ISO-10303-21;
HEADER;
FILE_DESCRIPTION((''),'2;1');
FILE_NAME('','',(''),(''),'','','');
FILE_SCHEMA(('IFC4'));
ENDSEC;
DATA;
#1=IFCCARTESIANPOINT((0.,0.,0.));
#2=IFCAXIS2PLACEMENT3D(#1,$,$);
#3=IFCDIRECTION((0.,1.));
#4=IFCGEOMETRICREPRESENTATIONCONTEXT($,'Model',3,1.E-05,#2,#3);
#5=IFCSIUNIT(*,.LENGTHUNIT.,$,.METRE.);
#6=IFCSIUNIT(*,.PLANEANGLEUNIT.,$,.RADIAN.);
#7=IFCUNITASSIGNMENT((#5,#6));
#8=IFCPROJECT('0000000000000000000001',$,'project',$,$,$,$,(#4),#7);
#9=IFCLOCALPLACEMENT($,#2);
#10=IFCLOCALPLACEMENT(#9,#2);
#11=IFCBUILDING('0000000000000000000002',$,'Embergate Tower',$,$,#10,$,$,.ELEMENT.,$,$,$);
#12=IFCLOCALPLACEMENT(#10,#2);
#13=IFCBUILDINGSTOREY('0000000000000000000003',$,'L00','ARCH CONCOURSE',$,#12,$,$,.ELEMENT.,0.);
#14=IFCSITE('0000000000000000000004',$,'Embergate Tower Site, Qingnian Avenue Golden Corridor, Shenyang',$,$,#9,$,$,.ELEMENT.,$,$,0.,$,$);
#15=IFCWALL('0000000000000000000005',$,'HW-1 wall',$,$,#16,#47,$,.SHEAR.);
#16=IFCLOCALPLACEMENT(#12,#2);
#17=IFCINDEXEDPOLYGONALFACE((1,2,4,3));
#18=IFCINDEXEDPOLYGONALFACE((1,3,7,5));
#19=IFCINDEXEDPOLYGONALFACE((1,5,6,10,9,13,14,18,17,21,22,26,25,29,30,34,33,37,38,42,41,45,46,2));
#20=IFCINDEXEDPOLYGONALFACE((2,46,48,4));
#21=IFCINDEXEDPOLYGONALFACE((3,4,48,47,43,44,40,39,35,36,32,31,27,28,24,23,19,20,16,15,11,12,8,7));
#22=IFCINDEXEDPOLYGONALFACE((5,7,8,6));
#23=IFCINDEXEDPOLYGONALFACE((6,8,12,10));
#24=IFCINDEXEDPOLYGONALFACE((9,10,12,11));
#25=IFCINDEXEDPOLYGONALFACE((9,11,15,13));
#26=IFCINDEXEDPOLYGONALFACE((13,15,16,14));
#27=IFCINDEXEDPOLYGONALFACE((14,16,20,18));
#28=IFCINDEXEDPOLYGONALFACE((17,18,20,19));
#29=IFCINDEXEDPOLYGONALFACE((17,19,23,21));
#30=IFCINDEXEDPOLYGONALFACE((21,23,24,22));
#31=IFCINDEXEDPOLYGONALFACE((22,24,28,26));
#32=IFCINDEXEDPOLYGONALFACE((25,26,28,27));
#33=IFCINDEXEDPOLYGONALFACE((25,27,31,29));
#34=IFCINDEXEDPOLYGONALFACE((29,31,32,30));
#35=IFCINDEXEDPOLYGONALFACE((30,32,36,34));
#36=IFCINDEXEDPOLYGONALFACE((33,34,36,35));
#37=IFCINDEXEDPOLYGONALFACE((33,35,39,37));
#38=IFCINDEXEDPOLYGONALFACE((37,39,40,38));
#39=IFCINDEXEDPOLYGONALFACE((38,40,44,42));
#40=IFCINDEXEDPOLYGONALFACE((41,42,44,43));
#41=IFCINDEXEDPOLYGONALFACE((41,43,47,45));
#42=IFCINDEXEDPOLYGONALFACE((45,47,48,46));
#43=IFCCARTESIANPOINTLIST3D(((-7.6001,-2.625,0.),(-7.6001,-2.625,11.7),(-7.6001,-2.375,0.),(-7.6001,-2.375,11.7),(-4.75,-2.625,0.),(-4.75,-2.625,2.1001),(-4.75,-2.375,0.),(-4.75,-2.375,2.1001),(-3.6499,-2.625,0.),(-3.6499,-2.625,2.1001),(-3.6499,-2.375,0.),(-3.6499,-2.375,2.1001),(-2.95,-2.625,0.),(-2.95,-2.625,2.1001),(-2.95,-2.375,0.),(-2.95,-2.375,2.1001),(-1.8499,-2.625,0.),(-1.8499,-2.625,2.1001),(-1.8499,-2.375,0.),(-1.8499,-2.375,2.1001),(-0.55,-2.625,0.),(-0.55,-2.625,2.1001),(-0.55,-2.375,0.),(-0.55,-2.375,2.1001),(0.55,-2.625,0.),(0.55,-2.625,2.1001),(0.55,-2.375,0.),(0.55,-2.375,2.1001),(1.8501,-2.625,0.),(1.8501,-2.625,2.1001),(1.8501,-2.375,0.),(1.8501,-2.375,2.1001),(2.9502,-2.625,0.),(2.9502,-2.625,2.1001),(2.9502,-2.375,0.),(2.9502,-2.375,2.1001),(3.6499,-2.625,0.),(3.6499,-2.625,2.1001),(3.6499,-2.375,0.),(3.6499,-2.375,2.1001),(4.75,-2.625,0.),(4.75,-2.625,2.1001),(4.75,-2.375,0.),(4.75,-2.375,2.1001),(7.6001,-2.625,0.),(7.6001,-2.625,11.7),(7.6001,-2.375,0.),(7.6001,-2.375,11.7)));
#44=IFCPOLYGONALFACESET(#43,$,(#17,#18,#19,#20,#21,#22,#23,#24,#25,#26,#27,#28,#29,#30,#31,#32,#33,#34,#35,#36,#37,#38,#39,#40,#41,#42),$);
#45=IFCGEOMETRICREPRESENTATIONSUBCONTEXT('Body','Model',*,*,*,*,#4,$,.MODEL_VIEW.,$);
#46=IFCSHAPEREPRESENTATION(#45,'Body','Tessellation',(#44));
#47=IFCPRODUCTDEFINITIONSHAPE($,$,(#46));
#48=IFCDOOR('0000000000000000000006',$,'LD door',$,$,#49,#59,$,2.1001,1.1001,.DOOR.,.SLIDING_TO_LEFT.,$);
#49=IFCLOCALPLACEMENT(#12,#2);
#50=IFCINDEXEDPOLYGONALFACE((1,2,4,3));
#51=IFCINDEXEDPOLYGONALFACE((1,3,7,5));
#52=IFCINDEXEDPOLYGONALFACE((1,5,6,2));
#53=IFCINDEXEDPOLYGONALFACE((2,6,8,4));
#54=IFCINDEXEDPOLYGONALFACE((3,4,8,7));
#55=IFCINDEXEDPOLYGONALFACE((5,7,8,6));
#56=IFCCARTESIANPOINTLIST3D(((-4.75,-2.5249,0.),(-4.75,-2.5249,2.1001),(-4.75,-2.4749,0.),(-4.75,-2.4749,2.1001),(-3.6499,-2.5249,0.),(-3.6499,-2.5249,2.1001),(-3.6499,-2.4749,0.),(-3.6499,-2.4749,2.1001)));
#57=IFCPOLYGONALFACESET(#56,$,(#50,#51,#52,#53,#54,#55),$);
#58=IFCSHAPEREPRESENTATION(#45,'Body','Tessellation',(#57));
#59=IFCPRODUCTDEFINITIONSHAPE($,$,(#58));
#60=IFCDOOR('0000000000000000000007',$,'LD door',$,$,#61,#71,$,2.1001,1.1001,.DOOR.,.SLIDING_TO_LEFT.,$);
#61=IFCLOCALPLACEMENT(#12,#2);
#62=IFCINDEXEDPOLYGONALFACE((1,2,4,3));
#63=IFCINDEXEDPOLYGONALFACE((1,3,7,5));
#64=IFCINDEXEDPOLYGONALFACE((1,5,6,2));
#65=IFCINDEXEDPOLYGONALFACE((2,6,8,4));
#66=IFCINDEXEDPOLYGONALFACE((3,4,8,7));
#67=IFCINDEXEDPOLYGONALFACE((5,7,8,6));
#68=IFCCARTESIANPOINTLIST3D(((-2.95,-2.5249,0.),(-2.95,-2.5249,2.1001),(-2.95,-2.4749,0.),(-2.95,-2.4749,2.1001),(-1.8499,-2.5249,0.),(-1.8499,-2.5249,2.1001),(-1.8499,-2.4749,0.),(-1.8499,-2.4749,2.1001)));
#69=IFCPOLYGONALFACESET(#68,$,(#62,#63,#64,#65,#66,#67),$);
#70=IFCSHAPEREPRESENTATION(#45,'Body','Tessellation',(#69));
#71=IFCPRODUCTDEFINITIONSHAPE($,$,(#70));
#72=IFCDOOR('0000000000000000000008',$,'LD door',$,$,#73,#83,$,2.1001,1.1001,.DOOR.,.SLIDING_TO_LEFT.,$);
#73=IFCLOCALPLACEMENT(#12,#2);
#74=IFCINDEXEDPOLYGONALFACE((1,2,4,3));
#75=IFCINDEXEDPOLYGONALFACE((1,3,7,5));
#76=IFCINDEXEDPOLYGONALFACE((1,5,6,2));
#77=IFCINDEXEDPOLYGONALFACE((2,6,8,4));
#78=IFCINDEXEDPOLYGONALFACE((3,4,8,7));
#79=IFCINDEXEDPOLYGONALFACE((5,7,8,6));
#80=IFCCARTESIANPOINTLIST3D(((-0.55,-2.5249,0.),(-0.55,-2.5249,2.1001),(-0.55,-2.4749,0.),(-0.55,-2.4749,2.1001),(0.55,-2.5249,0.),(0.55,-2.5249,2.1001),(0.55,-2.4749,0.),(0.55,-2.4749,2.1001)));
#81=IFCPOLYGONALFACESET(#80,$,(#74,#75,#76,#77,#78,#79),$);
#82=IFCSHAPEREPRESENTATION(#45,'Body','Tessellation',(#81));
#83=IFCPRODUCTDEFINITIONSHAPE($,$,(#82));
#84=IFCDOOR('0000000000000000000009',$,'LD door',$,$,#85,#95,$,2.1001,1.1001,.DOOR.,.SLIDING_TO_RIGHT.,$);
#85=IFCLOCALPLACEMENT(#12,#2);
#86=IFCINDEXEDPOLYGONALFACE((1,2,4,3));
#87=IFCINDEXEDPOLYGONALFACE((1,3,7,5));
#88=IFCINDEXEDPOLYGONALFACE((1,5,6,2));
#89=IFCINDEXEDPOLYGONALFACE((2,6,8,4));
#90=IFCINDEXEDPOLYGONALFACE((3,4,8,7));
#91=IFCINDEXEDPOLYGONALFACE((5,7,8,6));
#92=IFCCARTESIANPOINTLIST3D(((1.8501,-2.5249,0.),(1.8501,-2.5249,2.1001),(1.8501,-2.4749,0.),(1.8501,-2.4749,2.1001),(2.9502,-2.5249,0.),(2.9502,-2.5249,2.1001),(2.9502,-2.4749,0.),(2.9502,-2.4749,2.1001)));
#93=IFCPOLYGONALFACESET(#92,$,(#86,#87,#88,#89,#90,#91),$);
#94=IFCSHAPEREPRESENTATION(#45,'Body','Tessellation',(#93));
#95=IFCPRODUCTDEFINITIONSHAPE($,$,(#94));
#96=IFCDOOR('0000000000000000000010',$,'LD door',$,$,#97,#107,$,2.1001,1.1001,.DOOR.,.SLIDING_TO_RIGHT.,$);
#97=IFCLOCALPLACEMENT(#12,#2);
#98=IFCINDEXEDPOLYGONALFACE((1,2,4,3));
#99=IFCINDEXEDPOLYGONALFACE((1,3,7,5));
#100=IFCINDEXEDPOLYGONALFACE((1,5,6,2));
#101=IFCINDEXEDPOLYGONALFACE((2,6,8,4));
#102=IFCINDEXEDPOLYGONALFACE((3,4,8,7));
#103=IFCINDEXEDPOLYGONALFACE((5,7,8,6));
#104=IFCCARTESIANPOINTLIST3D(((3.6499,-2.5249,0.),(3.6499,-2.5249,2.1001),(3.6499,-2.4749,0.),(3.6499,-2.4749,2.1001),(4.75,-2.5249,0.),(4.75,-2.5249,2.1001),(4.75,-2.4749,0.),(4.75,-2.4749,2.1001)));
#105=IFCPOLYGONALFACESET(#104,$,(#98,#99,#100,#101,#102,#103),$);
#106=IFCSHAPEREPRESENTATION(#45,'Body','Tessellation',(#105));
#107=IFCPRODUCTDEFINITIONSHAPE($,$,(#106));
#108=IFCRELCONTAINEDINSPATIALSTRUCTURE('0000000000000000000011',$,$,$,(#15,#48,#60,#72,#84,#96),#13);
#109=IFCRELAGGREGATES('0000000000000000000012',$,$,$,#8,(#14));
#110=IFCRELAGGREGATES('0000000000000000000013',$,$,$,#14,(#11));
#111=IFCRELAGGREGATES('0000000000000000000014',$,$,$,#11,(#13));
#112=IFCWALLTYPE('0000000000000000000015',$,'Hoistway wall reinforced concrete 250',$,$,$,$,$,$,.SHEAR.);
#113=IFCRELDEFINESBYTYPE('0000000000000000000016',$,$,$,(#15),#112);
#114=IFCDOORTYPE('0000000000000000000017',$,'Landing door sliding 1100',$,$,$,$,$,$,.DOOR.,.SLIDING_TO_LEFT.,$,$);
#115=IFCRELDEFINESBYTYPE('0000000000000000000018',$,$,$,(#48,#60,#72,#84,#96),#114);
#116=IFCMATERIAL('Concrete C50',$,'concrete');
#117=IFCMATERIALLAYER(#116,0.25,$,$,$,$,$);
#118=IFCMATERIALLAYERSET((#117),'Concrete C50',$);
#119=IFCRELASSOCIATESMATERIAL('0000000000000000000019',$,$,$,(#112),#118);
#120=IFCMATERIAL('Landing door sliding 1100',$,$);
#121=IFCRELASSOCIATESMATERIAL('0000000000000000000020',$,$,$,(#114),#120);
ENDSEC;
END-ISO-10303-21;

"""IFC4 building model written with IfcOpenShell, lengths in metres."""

from ifc_helpers import new_model, si_unit, direction, frame, frame_2d, origin, place, context, subcontext, project, spatial, rectangle, extrude, source, transform, mapped, material, layer, layer_set, type_object, element, fill, save


model = new_model("IFC4")

# Units and contexts
model_context = context("Model", 3, precision=1e-05, world=origin(), true_north=direction((0.0, 1.0)))
body_context = subcontext(model_context, "Body", "Model", "MODEL_VIEW")
ifc_project = project(units=[si_unit("LENGTHUNIT", "METRE"), si_unit("PLANEANGLEUNIT", "RADIAN")], contexts=[model_context])

# Site, building, storey
site_placement = place(None, origin())
site = spatial("IfcSite", under=ifc_project, at=site_placement, Name="Embergate Tower Site, Qingnian Avenue Golden Corridor, Shenyang", CompositionType="ELEMENT", RefElevation=0.0)
building_placement = place(site_placement, origin())
building = spatial("IfcBuilding", under=site, at=building_placement, Name="Embergate Tower", CompositionType="ELEMENT")
storey_placement = place(building_placement, origin())
storey = spatial("IfcBuildingStorey", under=building, at=storey_placement, Name="L00", Description="ARCH CONCOURSE", CompositionType="ELEMENT", Elevation=0.0)

# Shared definitions
ifc_material_1 = material(Name="Concrete C50", Category="concrete")
ifc_layer_1 = layer(ifc_material_1, 0.25)
ifc_layer_set_1 = layer_set([ifc_layer_1], Name="Concrete C50")
wall_type_1 = type_object("IfcWallType", Name="Hoistway wall reinforced concrete 250", PredefinedType="SHEAR", material=ifc_layer_set_1)

# Wall, openings, doors
shared_shape_1 = source(origin(), body_context, "Body", "SweptSolid", [
    extrude(rectangle(XDim=15.2002, YDim=0.25, at=frame_2d((7.6001, 0.0))), origin(), (0.0, 0.0, 1.0), 11.7),
])
wall_1_placement = place(storey_placement, frame((7.6001, -2.5, 0.0), z_axis=(0.0, 0.0, 1.0), x_axis=(-1.0, 0.0, 0.0)))
wall_1 = element("IfcWall", 1, at=wall_1_placement, inside=storey, type_object=wall_type_1, Name="HW-1 wall", PredefinedType="SHEAR", context=body_context, shape_type="MappedRepresentation", body=[
    mapped(shared_shape_1, transform((0.0, 0.0, 0.0))),
])
shared_shape_2 = source(origin(), body_context, "Body", "SweptSolid", [
    extrude(rectangle(XDim=1.1001, YDim=2.1001, at=frame_2d((0.55, 1.05))), frame((0.0, 0.135, 0.0), z_axis=(0.0, -1.0, 0.0), x_axis=(1.0, 0.0, 0.0)), (0.0, 0.0, 1.0), 0.27),
])
opening_1_placement = place(wall_1_placement, frame((11.25, 0.0, 0.0)))
opening_1 = element("IfcOpeningElement", 2, at=opening_1_placement, cuts=wall_1, PredefinedType="OPENING", context=body_context, shape_type="MappedRepresentation", body=[
    mapped(shared_shape_2, transform((0.0, 0.0, 0.0))),
])
opening_2_placement = place(wall_1_placement, frame((9.45, 0.0, 0.0)))
opening_2 = element("IfcOpeningElement", 3, at=opening_2_placement, cuts=wall_1, PredefinedType="OPENING", context=body_context, shape_type="MappedRepresentation", body=[
    mapped(shared_shape_2, transform((0.0, 0.0, 0.0))),
])
opening_3_placement = place(wall_1_placement, frame((7.05, 0.0, 0.0)))
opening_3 = element("IfcOpeningElement", 4, at=opening_3_placement, cuts=wall_1, PredefinedType="OPENING", context=body_context, shape_type="MappedRepresentation", body=[
    mapped(shared_shape_2, transform((0.0, 0.0, 0.0))),
])
opening_4_placement = place(wall_1_placement, frame((4.6499, 0.0, 0.0)))
opening_4 = element("IfcOpeningElement", 5, at=opening_4_placement, cuts=wall_1, PredefinedType="OPENING", context=body_context, shape_type="MappedRepresentation", body=[
    mapped(shared_shape_2, transform((0.0, 0.0, 0.0))),
])
opening_5_placement = place(wall_1_placement, frame((2.8501, 0.0, 0.0)))
opening_5 = element("IfcOpeningElement", 6, at=opening_5_placement, cuts=wall_1, PredefinedType="OPENING", context=body_context, shape_type="MappedRepresentation", body=[
    mapped(shared_shape_2, transform((0.0, 0.0, 0.0))),
])
ifc_material_2 = material(Name="Landing door sliding 1100")
door_type_1 = type_object("IfcDoorType", Name="Landing door sliding 1100", OperationType="SLIDING_TO_LEFT", PredefinedType="DOOR", material=ifc_material_2)
shared_shape_3 = source(origin(), body_context, "Body", "SweptSolid", [
    extrude(rectangle(XDim=1.1001, YDim=2.1001, at=frame_2d((0.55, 1.05))), frame((0.0, 0.0249, 0.0), z_axis=(0.0, -1.0, 0.0), x_axis=(1.0, 0.0, 0.0)), (0.0, 0.0, 1.0), 0.05),
])
door_1_placement = place(opening_1_placement, origin())
door_1 = element("IfcDoor", 7, at=door_1_placement, inside=storey, type_object=door_type_1, Name="LD door", OperationType="SLIDING_TO_LEFT", OverallHeight=2.1001, OverallWidth=1.1001, PredefinedType="DOOR", context=body_context, shape_type="MappedRepresentation", body=[
    mapped(shared_shape_3, transform((0.0, 0.0, 0.0))),
])
fill(opening_1, door_1)
door_2_placement = place(opening_2_placement, origin())
door_2 = element("IfcDoor", 8, at=door_2_placement, inside=storey, type_object=door_type_1, Name="LD door", OperationType="SLIDING_TO_LEFT", OverallHeight=2.1001, OverallWidth=1.1001, PredefinedType="DOOR", context=body_context, shape_type="MappedRepresentation", body=[
    mapped(shared_shape_3, transform((0.0, 0.0, 0.0))),
])
fill(opening_2, door_2)
door_3_placement = place(opening_3_placement, origin())
door_3 = element("IfcDoor", 9, at=door_3_placement, inside=storey, type_object=door_type_1, Name="LD door", OperationType="SLIDING_TO_LEFT", OverallHeight=2.1001, OverallWidth=1.1001, PredefinedType="DOOR", context=body_context, shape_type="MappedRepresentation", body=[
    mapped(shared_shape_3, transform((0.0, 0.0, 0.0))),
])
fill(opening_3, door_3)
door_4_placement = place(opening_4_placement, origin())
door_4 = element("IfcDoor", 10, at=door_4_placement, inside=storey, type_object=door_type_1, Name="LD door", OperationType="SLIDING_TO_RIGHT", OverallHeight=2.1001, OverallWidth=1.1001, PredefinedType="DOOR", context=body_context, shape_type="MappedRepresentation", body=[
    mapped(shared_shape_3, transform((0.0, 0.0, 0.0))),
])
fill(opening_4, door_4)
door_5_placement = place(opening_5_placement, origin())
door_5 = element("IfcDoor", 11, at=door_5_placement, inside=storey, type_object=door_type_1, Name="LD door", OperationType="SLIDING_TO_RIGHT", OverallHeight=2.1001, OverallWidth=1.1001, PredefinedType="DOOR", context=body_context, shape_type="MappedRepresentation", body=[
    mapped(shared_shape_3, transform((0.0, 0.0, 0.0))),
])
fill(opening_5, door_5)

save(model, "model.ifc")
